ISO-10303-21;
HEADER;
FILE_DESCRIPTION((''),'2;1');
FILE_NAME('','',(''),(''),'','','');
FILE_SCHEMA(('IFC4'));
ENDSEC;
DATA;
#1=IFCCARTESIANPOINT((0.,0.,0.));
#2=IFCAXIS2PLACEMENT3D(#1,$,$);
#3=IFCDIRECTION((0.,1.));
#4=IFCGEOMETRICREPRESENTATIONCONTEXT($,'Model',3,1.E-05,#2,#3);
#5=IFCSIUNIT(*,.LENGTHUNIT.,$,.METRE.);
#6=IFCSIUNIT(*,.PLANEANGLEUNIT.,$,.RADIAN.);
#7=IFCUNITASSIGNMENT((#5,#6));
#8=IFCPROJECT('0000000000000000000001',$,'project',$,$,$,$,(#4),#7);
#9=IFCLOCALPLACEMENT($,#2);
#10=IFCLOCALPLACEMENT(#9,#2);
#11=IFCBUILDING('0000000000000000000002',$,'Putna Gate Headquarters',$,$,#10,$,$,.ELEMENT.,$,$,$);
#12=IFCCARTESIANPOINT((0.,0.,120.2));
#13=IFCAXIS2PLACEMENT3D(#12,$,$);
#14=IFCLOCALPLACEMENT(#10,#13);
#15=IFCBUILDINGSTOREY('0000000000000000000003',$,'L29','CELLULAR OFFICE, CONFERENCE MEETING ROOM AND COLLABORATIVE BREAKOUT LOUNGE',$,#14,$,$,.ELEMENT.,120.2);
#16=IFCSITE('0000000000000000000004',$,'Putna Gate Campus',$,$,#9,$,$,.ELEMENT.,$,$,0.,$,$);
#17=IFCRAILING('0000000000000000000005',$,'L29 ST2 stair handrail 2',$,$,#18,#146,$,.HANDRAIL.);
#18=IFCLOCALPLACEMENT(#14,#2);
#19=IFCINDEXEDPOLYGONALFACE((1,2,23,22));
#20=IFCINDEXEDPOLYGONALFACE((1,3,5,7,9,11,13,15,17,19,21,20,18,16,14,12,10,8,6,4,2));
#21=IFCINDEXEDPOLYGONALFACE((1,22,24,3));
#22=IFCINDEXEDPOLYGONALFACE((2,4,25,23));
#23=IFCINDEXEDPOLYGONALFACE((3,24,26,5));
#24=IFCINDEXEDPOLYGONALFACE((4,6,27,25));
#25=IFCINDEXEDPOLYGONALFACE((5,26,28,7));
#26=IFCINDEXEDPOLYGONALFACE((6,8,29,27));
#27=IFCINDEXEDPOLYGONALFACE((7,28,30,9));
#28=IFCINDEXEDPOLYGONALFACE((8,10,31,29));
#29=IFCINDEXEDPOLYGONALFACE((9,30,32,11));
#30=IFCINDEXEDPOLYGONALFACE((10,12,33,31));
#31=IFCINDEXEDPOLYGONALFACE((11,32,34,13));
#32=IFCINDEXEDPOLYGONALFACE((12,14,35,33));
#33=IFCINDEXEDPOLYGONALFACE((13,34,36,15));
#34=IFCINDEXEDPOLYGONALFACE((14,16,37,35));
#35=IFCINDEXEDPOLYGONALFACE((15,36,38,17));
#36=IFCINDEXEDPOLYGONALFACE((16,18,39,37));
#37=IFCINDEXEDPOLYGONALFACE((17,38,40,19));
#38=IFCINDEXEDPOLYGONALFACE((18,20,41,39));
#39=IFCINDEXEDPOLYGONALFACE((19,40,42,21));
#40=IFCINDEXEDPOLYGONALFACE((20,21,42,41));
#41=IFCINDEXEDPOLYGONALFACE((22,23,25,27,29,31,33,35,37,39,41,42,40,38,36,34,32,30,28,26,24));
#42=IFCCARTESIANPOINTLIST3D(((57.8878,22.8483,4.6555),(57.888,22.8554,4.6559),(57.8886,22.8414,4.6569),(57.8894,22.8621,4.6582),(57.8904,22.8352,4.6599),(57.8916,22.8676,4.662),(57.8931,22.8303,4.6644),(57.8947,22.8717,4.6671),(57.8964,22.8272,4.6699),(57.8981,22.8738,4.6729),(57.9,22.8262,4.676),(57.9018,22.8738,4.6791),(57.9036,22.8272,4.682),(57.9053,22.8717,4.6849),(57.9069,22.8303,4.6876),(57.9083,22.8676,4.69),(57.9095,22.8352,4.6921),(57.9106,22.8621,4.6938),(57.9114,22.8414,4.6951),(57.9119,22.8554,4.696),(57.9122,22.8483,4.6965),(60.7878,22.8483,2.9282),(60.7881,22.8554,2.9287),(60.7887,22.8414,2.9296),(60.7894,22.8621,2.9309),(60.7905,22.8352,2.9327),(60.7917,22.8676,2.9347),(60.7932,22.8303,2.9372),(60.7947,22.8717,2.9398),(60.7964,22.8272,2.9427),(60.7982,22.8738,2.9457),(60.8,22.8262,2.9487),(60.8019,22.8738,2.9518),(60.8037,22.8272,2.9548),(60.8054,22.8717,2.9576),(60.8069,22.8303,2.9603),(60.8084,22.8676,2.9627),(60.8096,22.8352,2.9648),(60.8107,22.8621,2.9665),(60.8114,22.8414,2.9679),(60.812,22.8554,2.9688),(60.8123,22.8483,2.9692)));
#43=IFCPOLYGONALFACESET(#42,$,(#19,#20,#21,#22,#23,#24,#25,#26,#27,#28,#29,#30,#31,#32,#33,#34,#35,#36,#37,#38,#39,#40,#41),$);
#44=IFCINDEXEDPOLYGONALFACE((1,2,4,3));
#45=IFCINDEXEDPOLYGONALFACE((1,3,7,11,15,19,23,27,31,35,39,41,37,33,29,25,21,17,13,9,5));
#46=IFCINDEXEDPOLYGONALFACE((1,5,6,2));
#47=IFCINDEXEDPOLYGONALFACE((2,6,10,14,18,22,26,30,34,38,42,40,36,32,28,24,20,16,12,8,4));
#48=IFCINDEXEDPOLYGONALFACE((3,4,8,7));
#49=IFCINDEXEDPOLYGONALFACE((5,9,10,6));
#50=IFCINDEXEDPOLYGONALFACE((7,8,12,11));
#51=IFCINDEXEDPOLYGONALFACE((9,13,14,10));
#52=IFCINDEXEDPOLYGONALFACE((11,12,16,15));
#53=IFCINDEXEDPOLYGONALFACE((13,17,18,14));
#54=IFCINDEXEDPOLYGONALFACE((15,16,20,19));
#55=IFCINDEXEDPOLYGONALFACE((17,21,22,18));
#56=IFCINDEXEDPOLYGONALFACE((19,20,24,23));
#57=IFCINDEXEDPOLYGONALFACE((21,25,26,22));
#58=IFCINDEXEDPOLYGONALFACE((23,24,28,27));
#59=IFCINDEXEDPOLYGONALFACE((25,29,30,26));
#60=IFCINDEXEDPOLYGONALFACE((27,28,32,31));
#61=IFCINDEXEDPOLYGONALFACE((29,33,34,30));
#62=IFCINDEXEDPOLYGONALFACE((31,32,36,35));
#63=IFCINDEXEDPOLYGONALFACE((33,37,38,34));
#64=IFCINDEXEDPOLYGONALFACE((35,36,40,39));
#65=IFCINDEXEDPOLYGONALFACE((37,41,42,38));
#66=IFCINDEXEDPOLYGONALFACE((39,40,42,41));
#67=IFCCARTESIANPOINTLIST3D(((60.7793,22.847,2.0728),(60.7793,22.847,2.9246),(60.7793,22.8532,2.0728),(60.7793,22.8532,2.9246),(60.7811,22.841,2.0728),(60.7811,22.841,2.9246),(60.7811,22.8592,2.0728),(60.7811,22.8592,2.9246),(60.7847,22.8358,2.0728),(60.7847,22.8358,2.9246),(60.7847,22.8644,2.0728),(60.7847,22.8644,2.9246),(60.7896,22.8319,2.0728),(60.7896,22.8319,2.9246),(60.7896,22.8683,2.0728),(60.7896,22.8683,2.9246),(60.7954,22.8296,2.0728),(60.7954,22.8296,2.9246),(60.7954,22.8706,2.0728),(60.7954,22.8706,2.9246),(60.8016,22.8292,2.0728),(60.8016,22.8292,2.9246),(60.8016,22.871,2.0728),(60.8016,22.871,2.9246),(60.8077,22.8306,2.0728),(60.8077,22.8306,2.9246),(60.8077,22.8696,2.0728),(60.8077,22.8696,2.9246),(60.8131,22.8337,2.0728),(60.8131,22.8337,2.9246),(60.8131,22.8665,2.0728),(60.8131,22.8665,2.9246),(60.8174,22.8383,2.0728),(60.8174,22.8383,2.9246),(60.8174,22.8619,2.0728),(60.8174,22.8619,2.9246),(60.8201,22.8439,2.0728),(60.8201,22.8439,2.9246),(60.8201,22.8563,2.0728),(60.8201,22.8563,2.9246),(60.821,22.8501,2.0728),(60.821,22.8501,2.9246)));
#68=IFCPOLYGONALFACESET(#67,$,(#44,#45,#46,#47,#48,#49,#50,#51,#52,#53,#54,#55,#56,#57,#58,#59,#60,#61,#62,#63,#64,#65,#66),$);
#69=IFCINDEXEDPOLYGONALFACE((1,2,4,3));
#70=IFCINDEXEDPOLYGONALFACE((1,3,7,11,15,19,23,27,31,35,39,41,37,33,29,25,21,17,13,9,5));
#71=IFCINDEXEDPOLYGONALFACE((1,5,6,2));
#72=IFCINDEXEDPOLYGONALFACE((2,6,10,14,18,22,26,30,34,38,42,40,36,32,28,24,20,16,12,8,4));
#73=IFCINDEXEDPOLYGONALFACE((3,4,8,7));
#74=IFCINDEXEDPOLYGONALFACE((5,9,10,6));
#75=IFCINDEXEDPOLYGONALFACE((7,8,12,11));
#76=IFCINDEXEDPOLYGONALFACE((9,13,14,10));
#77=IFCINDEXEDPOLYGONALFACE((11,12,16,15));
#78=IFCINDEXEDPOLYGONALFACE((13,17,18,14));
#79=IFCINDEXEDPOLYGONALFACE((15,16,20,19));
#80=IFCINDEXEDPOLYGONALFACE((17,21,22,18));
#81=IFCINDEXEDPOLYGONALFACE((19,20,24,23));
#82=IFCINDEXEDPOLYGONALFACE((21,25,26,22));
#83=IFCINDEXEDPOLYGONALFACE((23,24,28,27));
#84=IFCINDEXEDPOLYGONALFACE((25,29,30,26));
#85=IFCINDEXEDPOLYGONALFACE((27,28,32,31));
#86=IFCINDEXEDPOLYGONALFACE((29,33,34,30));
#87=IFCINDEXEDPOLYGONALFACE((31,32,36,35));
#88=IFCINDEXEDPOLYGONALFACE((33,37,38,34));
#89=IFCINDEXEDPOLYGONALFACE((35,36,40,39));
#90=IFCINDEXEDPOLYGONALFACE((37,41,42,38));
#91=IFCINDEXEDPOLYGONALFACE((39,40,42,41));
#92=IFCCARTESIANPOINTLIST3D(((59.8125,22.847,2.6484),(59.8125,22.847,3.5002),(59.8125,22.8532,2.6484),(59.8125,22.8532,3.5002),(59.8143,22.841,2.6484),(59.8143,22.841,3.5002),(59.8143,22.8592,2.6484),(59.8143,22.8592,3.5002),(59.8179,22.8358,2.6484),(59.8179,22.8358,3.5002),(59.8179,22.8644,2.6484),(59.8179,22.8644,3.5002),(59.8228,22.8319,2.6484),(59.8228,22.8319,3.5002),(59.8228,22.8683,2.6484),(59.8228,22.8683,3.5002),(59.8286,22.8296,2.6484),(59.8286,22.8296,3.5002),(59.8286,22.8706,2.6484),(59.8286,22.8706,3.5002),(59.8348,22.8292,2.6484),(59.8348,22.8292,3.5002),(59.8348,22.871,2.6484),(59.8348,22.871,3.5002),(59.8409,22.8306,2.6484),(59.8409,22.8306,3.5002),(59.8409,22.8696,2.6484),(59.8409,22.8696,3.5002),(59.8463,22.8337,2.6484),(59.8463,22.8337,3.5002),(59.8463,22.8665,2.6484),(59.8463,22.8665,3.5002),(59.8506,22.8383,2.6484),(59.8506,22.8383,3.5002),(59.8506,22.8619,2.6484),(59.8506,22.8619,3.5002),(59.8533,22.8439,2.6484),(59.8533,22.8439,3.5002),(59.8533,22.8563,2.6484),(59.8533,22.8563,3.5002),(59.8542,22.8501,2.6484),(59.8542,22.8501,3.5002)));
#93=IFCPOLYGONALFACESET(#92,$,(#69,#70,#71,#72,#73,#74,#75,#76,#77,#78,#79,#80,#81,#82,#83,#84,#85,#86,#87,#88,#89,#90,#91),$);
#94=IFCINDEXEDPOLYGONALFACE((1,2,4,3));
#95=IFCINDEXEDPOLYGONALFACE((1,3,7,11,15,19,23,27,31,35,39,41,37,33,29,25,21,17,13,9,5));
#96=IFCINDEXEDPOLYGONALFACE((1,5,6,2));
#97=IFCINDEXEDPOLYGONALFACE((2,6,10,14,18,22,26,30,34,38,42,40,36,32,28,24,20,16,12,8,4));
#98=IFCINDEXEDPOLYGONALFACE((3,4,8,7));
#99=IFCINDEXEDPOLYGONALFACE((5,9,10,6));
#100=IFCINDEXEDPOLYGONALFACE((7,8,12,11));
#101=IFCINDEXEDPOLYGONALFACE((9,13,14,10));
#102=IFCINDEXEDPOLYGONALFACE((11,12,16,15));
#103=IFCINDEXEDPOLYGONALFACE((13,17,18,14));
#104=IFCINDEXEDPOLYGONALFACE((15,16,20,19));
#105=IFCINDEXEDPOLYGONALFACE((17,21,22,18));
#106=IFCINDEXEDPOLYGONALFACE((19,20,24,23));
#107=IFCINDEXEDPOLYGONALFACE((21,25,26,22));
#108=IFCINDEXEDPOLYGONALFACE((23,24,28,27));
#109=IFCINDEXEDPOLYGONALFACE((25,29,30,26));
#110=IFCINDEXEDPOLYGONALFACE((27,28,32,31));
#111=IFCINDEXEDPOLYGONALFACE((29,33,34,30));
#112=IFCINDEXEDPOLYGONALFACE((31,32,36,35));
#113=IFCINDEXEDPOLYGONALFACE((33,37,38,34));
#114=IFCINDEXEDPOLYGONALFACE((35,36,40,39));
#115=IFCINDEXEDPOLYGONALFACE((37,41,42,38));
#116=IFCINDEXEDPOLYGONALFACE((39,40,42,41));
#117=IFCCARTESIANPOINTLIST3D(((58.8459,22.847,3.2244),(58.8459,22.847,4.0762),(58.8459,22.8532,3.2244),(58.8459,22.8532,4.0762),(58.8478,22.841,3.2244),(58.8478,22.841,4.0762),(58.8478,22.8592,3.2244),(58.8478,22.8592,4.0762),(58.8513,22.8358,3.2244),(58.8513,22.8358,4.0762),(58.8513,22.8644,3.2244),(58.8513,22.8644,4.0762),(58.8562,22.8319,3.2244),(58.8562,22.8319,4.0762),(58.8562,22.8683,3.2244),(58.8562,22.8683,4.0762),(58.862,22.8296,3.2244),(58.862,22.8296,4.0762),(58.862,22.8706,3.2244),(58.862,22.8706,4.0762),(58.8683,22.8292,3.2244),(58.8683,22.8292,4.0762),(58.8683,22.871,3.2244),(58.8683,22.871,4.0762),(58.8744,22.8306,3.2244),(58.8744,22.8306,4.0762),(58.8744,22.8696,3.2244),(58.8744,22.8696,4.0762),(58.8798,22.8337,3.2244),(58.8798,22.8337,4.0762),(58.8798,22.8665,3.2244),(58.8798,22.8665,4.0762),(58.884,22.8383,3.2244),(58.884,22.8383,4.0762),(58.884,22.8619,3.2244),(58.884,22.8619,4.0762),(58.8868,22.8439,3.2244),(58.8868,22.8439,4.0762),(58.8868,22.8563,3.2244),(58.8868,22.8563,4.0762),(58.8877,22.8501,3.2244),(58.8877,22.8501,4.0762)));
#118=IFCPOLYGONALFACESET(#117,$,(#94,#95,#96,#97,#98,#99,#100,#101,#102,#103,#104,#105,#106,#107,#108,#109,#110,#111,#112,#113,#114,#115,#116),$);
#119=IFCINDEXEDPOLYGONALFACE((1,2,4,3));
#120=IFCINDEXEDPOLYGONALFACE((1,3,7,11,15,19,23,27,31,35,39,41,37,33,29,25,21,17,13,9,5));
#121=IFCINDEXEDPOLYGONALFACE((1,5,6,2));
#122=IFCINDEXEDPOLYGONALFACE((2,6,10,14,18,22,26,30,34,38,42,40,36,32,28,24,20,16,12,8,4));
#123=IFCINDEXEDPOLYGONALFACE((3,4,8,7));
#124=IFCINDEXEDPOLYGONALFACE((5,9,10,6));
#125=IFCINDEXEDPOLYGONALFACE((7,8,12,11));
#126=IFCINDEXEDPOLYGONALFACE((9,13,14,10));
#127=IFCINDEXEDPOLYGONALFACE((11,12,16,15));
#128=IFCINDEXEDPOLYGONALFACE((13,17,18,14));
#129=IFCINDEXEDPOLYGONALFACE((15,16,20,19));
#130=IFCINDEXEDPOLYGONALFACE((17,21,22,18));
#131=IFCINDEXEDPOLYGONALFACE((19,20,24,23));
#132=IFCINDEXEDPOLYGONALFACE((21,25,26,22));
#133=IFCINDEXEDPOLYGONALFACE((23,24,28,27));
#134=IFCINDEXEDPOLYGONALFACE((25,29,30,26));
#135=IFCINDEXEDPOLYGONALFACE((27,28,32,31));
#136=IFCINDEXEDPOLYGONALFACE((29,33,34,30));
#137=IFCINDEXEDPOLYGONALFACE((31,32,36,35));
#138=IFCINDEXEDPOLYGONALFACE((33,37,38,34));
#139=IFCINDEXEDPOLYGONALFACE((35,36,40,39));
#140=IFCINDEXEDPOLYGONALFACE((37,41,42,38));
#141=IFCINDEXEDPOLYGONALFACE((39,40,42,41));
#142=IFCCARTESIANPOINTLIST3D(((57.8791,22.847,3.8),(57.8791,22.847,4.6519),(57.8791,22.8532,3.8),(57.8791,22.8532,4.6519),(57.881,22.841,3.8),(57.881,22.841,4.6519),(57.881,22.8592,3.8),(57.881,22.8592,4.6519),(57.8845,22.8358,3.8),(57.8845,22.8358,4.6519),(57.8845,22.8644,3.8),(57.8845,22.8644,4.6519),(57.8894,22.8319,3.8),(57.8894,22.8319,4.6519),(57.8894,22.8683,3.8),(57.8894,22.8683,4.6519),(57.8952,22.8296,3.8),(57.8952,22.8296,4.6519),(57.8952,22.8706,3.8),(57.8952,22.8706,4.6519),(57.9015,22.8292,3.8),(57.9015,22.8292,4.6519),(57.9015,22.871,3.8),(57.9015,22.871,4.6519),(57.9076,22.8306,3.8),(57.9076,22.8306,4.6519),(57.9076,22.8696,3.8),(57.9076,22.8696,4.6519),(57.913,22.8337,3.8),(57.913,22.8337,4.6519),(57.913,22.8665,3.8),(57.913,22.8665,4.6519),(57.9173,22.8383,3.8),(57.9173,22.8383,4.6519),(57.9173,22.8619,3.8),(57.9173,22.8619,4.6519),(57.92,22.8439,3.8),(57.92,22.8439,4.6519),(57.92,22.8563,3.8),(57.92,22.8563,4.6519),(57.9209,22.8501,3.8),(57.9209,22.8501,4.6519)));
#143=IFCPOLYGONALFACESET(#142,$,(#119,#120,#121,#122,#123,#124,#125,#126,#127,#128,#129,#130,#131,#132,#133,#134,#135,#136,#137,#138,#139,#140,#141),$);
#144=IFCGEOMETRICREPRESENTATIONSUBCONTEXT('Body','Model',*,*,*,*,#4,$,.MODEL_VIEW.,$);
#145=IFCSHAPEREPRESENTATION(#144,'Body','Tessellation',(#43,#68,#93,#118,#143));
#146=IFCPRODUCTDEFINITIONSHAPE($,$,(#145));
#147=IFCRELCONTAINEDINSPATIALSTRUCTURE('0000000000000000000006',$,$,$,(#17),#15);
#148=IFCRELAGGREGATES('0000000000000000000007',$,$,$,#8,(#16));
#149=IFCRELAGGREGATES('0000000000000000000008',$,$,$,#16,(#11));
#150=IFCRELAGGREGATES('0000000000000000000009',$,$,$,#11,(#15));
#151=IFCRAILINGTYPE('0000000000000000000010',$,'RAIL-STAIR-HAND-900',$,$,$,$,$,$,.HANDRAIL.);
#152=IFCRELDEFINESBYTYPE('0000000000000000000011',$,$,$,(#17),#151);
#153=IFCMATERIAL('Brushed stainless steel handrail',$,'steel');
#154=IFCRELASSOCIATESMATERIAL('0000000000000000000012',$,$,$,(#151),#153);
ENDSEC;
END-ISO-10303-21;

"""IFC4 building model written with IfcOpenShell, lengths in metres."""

from ifc_helpers import new_model, si_unit, direction, frame, origin, origin_2d, place, context, subcontext, project, spatial, circle, extrude, material, type_object, element, save


model = new_model("IFC4")

# Units and contexts
model_context = context("Model", 3, precision=1e-05, world=origin(), true_north=direction((0.0, 1.0)))
body_context = subcontext(model_context, "Body", "Model", "MODEL_VIEW")
ifc_project = project(units=[si_unit("LENGTHUNIT", "METRE"), si_unit("PLANEANGLEUNIT", "RADIAN")], contexts=[model_context])

# Site, building, storey
site_placement = place(None, origin())
site = spatial("IfcSite", under=ifc_project, at=site_placement, Name="Putna Gate Campus", CompositionType="ELEMENT", RefElevation=0.0)
building_placement = place(site_placement, origin())
building = spatial("IfcBuilding", under=site, at=building_placement, Name="Putna Gate Headquarters", CompositionType="ELEMENT")
storey_placement = place(building_placement, frame((0.0, 0.0, 120.2)))
storey = spatial("IfcBuildingStorey", under=building, at=storey_placement, Name="L29", Description="CELLULAR OFFICE, CONFERENCE MEETING ROOM AND COLLABORATIVE BREAKOUT LOUNGE", CompositionType="ELEMENT", Elevation=120.2)

# Railing
ifc_material_1 = material(Name="Brushed stainless steel handrail", Category="steel")
railing_type = type_object("IfcRailingType", Name="RAIL-STAIR-HAND-900", PredefinedType="HANDRAIL", material=ifc_material_1)
railing_placement = place(storey_placement, frame((60.8, 22.8501, 2.0728)))
element("IfcRailing", 1, at=railing_placement, inside=storey, type_object=railing_type, Name="L29 ST2 stair handrail 2", PredefinedType="HANDRAIL", context=body_context, shape_type="SweptSolid", body=[
    extrude(circle(Radius=0.0239, at=origin_2d()), frame((0.0, 0.0, 0.876), z_axis=(-0.85916, 0.0, 0.511706), x_axis=(0.0, -1.0, 0.0)), (0.0, 0.0, 1.0), 3.3755),
    extrude(circle(Radius=0.021, at=origin_2d()), origin(), (0.0, 0.0, 1.0), 0.8518),
    extrude(circle(Radius=0.021, at=origin_2d()), frame((-0.9668, 0.0, 0.5757)), (0.0, 0.0, 1.0), 0.8518),
    extrude(circle(Radius=0.021, at=origin_2d()), frame((-1.9333, 0.0, 1.1516)), (0.0, 0.0, 1.0), 0.8518),
    extrude(circle(Radius=0.021, at=origin_2d()), frame((-2.9001, 0.0, 1.7273)), (0.0, 0.0, 1.0), 0.8518),
])

save(model, "model.ifc")
